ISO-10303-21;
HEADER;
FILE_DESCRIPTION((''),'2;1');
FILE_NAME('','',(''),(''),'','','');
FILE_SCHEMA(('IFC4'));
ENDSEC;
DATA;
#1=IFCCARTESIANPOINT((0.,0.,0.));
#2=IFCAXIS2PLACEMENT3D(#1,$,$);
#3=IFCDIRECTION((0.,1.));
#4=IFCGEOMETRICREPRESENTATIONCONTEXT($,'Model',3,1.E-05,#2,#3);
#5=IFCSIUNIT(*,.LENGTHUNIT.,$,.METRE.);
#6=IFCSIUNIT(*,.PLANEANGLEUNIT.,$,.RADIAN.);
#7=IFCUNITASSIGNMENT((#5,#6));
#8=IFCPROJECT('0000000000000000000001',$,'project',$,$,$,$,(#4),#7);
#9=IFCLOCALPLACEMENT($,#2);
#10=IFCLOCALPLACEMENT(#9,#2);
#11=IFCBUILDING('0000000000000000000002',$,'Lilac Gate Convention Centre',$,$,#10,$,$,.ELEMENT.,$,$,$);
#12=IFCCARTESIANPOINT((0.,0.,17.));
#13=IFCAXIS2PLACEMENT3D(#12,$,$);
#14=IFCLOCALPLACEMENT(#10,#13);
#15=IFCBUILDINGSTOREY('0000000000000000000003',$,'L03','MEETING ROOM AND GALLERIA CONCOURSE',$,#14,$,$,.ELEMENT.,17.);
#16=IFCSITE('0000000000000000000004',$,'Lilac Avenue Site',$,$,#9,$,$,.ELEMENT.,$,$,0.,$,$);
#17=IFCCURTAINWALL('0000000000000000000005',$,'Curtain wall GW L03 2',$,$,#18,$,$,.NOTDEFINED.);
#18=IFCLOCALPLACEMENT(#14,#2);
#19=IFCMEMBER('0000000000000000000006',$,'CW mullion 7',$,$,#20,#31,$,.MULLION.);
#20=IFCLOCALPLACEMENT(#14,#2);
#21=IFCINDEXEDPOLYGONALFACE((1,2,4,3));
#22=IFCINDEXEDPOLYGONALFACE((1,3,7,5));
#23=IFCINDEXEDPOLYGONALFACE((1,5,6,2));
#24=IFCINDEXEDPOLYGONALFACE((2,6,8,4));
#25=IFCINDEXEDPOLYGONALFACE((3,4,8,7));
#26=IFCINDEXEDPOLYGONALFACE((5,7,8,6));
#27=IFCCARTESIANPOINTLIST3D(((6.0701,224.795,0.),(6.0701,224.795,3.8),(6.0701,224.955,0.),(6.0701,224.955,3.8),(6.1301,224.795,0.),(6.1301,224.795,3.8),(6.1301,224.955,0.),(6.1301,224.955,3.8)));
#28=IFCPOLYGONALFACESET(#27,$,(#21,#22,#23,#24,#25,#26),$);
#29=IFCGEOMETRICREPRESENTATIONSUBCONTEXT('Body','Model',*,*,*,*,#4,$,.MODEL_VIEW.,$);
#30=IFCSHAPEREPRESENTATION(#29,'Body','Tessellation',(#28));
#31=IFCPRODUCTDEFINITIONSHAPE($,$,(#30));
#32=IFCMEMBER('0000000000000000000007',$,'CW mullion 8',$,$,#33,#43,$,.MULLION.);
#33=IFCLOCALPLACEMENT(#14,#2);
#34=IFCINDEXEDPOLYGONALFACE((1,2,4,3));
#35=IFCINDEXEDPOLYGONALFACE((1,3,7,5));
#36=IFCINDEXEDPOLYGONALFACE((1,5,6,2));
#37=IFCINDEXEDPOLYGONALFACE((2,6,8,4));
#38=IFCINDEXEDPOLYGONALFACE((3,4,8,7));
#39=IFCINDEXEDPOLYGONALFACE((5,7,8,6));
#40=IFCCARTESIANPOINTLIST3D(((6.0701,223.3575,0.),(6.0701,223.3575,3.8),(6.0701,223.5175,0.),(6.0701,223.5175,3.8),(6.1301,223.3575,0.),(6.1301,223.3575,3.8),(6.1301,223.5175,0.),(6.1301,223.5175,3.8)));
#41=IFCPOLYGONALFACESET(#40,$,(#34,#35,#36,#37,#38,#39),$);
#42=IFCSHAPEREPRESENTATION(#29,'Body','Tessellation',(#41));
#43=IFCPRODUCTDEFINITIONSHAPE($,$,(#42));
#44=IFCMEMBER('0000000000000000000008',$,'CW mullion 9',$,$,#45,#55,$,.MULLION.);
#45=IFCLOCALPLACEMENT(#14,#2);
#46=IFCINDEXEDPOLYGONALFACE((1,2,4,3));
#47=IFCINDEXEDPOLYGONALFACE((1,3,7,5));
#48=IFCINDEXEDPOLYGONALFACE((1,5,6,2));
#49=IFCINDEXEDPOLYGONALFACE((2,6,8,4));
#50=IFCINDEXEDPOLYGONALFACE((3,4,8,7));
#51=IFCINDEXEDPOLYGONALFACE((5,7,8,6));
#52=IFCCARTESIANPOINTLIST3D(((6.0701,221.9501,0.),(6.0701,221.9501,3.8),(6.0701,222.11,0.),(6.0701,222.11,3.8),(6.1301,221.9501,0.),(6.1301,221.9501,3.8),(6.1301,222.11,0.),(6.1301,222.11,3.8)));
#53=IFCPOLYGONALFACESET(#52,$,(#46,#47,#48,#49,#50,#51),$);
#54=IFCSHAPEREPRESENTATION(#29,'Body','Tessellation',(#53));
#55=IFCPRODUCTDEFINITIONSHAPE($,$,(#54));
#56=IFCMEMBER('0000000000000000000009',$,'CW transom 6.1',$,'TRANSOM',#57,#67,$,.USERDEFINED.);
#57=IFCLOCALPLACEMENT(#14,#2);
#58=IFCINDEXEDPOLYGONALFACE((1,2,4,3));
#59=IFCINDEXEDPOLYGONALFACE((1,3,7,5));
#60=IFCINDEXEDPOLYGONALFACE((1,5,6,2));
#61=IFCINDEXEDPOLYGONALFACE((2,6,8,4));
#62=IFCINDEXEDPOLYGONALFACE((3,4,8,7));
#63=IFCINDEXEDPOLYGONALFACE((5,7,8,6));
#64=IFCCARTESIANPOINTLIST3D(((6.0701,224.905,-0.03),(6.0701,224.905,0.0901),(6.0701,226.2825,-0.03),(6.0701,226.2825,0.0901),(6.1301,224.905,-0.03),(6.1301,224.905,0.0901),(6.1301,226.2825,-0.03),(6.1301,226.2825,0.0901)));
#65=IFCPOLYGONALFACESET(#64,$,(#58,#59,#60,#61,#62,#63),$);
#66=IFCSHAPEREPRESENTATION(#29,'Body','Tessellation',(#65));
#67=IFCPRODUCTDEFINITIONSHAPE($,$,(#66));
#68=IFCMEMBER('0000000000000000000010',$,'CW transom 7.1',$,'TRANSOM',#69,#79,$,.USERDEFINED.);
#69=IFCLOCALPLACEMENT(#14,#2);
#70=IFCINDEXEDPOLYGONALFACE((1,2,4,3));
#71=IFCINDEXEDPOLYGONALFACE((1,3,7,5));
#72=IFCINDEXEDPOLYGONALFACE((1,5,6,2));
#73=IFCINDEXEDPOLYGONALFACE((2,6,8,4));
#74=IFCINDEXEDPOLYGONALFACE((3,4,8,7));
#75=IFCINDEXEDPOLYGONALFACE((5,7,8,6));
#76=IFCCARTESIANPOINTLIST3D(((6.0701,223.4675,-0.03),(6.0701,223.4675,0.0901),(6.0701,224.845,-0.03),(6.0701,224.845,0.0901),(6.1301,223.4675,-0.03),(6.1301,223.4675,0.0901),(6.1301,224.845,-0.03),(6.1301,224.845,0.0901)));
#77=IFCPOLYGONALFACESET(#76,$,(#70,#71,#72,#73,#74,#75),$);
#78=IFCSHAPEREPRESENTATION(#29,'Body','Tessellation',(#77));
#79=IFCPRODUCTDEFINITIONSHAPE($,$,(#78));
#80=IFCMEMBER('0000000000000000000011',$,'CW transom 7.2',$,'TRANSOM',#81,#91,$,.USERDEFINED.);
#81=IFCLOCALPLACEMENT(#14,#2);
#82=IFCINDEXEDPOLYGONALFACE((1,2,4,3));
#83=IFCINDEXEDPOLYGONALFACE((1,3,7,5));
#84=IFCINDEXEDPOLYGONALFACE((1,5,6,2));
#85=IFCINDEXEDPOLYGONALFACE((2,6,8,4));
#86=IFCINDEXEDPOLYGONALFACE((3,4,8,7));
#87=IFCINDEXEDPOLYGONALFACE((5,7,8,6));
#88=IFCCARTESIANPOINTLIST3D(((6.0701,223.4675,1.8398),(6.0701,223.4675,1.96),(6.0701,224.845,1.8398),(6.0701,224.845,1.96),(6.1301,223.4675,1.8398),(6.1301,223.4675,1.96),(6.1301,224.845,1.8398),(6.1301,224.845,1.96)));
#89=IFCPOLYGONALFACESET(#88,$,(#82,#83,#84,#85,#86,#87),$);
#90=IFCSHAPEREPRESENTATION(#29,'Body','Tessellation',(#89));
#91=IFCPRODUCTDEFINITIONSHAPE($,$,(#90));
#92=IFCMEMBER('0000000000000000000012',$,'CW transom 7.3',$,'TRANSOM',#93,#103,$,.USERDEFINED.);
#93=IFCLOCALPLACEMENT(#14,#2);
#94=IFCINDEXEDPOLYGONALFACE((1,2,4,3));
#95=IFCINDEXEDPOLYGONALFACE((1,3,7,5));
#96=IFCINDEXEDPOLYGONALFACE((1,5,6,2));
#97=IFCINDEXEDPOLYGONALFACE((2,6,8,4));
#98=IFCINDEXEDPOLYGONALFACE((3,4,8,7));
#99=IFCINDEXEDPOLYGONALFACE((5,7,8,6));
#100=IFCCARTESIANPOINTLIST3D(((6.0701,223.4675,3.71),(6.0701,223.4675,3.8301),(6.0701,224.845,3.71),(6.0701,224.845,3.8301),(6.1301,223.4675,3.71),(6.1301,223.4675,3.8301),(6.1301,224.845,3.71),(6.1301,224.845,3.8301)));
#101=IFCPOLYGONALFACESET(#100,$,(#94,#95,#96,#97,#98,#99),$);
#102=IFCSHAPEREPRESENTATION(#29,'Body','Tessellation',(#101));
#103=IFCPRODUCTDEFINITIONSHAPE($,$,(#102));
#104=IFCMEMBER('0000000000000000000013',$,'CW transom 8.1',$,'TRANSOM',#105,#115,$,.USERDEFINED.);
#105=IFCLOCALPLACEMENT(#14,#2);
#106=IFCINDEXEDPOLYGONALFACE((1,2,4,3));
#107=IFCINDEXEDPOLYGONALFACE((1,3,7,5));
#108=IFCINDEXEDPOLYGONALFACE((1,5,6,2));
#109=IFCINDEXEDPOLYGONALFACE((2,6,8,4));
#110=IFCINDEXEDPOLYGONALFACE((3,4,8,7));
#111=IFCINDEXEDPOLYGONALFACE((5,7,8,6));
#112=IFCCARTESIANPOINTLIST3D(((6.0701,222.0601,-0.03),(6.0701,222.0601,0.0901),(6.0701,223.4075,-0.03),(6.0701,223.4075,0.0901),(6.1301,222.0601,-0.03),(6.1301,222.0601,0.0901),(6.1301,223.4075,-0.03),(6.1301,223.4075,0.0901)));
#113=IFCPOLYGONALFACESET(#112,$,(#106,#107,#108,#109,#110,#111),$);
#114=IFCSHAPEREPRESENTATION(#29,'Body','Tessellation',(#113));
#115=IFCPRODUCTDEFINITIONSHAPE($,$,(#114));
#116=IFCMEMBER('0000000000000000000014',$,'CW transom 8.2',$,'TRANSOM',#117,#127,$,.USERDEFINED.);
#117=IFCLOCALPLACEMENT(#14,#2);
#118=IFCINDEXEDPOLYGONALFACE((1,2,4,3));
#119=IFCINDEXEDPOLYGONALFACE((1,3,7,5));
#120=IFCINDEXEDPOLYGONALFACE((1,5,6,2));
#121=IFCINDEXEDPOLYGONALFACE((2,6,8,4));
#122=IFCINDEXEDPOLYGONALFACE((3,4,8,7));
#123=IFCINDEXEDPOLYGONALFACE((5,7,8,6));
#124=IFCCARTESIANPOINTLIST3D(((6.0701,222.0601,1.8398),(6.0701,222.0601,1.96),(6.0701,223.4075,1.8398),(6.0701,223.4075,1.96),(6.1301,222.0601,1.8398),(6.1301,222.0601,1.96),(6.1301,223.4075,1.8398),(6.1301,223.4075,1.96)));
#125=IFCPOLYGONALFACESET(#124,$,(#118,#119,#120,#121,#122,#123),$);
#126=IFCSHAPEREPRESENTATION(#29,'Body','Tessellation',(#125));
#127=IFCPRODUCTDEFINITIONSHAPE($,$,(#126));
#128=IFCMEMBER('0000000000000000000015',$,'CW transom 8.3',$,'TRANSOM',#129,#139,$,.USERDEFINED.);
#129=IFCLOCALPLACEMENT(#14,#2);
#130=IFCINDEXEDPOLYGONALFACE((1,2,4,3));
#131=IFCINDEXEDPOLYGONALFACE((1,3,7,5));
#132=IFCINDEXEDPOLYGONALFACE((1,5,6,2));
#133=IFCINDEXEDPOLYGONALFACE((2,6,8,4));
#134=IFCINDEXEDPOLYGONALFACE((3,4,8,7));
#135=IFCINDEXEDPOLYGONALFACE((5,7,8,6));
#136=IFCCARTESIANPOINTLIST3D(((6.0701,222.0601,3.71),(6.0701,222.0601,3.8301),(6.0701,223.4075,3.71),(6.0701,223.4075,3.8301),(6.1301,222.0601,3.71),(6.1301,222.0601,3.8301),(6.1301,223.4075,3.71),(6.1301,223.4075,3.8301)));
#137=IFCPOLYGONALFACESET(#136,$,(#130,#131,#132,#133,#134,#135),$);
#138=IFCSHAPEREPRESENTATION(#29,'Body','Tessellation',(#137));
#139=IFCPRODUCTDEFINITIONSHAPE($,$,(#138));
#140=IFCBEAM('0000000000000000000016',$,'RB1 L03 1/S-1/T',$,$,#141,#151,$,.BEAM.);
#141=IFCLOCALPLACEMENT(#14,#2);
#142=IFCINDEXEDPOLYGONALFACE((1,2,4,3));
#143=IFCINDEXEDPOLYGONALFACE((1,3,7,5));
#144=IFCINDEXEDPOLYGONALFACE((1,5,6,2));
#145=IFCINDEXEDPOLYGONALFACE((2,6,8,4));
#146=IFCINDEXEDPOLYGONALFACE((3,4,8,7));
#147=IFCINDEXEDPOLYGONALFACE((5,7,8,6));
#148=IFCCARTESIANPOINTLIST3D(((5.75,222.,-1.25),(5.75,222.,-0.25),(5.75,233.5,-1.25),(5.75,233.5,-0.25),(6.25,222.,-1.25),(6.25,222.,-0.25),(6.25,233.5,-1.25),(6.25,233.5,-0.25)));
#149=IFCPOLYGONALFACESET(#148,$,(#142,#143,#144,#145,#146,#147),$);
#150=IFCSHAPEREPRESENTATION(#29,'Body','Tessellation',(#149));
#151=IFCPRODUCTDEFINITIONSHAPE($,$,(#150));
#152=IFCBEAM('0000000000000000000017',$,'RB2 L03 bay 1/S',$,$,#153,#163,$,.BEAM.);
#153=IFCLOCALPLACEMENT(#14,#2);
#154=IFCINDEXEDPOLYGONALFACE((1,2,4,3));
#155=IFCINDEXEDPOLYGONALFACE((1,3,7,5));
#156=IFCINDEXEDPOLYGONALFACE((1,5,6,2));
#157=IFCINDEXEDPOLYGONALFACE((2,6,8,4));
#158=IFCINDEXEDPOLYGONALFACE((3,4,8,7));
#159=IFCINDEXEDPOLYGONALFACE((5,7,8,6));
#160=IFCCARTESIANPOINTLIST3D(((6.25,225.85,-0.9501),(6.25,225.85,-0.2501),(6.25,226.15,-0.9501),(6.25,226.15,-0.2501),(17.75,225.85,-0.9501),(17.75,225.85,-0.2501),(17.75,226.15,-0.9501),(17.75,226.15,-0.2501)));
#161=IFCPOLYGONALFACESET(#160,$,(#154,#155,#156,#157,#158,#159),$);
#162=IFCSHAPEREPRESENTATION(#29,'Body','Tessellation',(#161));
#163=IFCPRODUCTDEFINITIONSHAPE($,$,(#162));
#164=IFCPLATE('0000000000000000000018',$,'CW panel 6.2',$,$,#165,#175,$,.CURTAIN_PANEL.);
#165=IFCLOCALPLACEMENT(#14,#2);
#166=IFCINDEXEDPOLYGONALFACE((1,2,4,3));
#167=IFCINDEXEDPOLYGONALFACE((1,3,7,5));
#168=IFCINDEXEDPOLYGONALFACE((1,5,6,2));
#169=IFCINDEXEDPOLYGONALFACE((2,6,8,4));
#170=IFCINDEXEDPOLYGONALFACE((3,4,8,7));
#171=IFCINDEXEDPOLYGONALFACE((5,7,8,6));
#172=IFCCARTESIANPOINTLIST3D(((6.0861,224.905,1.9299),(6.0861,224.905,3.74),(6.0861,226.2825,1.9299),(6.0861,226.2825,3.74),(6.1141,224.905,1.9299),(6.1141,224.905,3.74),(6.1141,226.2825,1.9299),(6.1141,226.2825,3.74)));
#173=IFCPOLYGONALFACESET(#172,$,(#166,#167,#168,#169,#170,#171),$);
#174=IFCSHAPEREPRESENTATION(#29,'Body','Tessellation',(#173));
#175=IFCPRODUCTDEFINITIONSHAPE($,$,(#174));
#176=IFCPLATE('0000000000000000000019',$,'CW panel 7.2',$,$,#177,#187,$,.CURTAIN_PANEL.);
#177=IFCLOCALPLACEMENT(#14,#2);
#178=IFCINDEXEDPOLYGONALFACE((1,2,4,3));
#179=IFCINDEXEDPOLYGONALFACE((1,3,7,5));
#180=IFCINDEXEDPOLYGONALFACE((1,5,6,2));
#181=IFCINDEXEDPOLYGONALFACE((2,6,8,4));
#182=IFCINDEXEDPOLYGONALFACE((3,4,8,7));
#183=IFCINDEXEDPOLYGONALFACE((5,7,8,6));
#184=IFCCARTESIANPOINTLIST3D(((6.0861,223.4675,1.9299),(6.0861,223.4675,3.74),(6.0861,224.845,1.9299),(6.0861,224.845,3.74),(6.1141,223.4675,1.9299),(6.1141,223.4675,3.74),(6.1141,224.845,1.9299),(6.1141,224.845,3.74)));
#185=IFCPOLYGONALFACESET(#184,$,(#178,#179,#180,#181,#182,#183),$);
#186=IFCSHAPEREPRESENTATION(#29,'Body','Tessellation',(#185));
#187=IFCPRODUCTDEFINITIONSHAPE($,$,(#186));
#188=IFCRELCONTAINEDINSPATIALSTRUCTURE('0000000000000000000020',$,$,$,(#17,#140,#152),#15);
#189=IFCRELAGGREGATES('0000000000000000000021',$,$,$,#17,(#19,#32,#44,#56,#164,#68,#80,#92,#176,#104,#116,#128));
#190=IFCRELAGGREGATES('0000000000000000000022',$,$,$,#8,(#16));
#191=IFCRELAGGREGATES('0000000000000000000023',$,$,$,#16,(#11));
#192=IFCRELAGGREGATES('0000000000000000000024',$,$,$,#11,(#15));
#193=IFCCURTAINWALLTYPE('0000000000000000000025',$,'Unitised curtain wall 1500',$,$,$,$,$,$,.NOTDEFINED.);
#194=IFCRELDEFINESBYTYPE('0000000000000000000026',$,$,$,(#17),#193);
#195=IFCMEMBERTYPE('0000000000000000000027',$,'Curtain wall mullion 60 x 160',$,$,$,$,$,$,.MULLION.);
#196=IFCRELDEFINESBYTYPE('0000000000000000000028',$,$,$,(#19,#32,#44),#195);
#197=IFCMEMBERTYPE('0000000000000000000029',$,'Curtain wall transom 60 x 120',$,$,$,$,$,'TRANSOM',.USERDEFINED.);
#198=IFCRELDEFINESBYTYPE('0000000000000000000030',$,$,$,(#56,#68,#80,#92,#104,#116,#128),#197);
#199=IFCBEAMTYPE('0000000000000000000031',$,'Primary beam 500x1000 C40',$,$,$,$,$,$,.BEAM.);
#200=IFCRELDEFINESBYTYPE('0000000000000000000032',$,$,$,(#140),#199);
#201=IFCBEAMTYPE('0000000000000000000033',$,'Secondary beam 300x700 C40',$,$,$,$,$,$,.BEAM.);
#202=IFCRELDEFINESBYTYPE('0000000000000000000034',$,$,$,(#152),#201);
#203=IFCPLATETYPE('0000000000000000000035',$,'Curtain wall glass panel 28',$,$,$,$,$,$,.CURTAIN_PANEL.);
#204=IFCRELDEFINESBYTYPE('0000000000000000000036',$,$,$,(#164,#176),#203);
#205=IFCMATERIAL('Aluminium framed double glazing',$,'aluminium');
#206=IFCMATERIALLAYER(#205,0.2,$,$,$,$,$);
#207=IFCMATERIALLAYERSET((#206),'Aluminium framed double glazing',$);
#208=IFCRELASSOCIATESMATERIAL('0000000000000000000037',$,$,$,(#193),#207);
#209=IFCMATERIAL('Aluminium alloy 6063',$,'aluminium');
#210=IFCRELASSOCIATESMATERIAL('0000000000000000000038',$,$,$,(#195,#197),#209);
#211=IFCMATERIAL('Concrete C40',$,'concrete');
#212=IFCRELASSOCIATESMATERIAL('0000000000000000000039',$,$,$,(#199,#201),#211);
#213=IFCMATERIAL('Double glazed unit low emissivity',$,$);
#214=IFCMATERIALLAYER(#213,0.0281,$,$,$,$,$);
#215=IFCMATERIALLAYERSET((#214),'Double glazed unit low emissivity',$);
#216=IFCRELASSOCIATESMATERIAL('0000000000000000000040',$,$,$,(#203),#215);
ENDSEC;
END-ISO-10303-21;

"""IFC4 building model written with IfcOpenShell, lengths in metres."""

from ifc_helpers import new_model, si_unit, direction, frame, origin, origin_2d, place, context, subcontext, project, spatial, rectangle, extrude, material, layer, layer_set, material_profile, profile_set, type_object, element, aggregate, save


model = new_model("IFC4")

# Units and contexts
model_context = context("Model", 3, precision=1e-05, world=origin(), true_north=direction((0.0, 1.0)))
body_context = subcontext(model_context, "Body", "Model", "MODEL_VIEW")
ifc_project = project(units=[si_unit("LENGTHUNIT", "METRE"), si_unit("PLANEANGLEUNIT", "RADIAN")], contexts=[model_context])

# Site, building, storey
site_placement = place(None, origin())
site = spatial("IfcSite", under=ifc_project, at=site_placement, Name="Lilac Avenue Site", CompositionType="ELEMENT", RefElevation=0.0)
building_placement = place(site_placement, origin())
building = spatial("IfcBuilding", under=site, at=building_placement, Name="Lilac Gate Convention Centre", CompositionType="ELEMENT")
storey_placement = place(building_placement, frame((0.0, 0.0, 17.0)))
storey = spatial("IfcBuildingStorey", under=building, at=storey_placement, Name="L03", Description="MEETING ROOM AND GALLERIA CONCOURSE", CompositionType="ELEMENT", Elevation=17.0)

# Curtain wall, members
ifc_material_1 = material(Name="Aluminium framed double glazing", Category="aluminium")
ifc_layer_1 = layer(ifc_material_1, 0.2)
ifc_layer_set_1 = layer_set([ifc_layer_1], Name="Aluminium framed double glazing")
curtain_wall_type = type_object("IfcCurtainWallType", Name="Unitised curtain wall 1500", PredefinedType="NOTDEFINED", material=ifc_layer_set_1)
curtain_wall_placement = place(storey_placement, origin())
curtain_wall = element("IfcCurtainWall", 1, at=curtain_wall_placement, inside=storey, type_object=curtain_wall_type, Name="Curtain wall GW L03 2", PredefinedType="NOTDEFINED")
ifc_material_2 = material(Name="Aluminium alloy 6063", Category="aluminium")
ifc_material_profile_1 = material_profile(ifc_material_2, rectangle(XDim=0.0601, YDim=0.1599, at=origin_2d()), Name="Curtain wall mullion 60 x 160")
ifc_profile_set_1 = profile_set([ifc_material_profile_1], Name="Aluminium alloy 6063")
member_type_1 = type_object("IfcMemberType", Name="Curtain wall mullion 60 x 160", PredefinedType="MULLION", material=ifc_profile_set_1)
member_1_placement = place(storey_placement, frame((6.1001, 224.875, 0.0), z_axis=(0.0, 0.0, 1.0), x_axis=(1.0, 0.0, 0.0)))
member_1 = element("IfcMember", 2, at=member_1_placement, type_object=member_type_1, Name="CW mullion 7", PredefinedType="MULLION", context=body_context, shape_type="SweptSolid", body=[
    extrude(rectangle(XDim=0.0601, YDim=0.1599, at=origin_2d()), origin(), (0.0, 0.0, 1.0), 3.8),
])
member_2_placement = place(storey_placement, frame((6.1001, 223.4375, 0.0), z_axis=(0.0, 0.0, 1.0), x_axis=(1.0, 0.0, 0.0)))
member_2 = element("IfcMember", 3, at=member_2_placement, type_object=member_type_1, Name="CW mullion 8", PredefinedType="MULLION", context=body_context, shape_type="SweptSolid", body=[
    extrude(rectangle(XDim=0.0601, YDim=0.1599, at=origin_2d()), origin(), (0.0, 0.0, 1.0), 3.8),
])
member_3_placement = place(storey_placement, frame((6.1001, 222.03, 0.0), z_axis=(0.0, 0.0, 1.0), x_axis=(1.0, 0.0, 0.0)))
member_3 = element("IfcMember", 4, at=member_3_placement, type_object=member_type_1, Name="CW mullion 9", PredefinedType="MULLION", context=body_context, shape_type="SweptSolid", body=[
    extrude(rectangle(XDim=0.0601, YDim=0.1599, at=origin_2d()), origin(), (0.0, 0.0, 1.0), 3.8),
])
ifc_material_profile_2 = material_profile(ifc_material_2, rectangle(XDim=0.0601, YDim=0.1201, at=origin_2d()), Name="Curtain wall transom 60 x 120")
ifc_profile_set_2 = profile_set([ifc_material_profile_2], Name="Aluminium alloy 6063")
member_type_2 = type_object("IfcMemberType", Name="Curtain wall transom 60 x 120", ElementType="TRANSOM", PredefinedType="USERDEFINED", material=ifc_profile_set_2)
member_4_placement = place(storey_placement, frame((6.1001, 226.2825, 0.03), z_axis=(0.0, -1.0, 0.0), x_axis=(1.0, 0.0, 0.0)))
member_4 = element("IfcMember", 5, at=member_4_placement, type_object=member_type_2, Name="CW transom 6.1", ObjectType="TRANSOM", PredefinedType="USERDEFINED", context=body_context, shape_type="SweptSolid", body=[
    extrude(rectangle(XDim=0.0601, YDim=0.1201, at=origin_2d()), origin(), (0.0, 0.0, 1.0), 1.3774),
])
member_5_placement = place(storey_placement, frame((6.1001, 224.845, 0.03), z_axis=(0.0, -1.0, 0.0), x_axis=(1.0, 0.0, 0.0)))
member_5 = element("IfcMember", 6, at=member_5_placement, type_object=member_type_2, Name="CW transom 7.1", ObjectType="TRANSOM", PredefinedType="USERDEFINED", context=body_context, shape_type="SweptSolid", body=[
    extrude(rectangle(XDim=0.0601, YDim=0.1201, at=origin_2d()), origin(), (0.0, 0.0, 1.0), 1.3774),
])
member_6_placement = place(storey_placement, frame((6.1001, 224.845, 1.8999), z_axis=(0.0, -1.0, 0.0), x_axis=(1.0, 0.0, 0.0)))
member_6 = element("IfcMember", 7, at=member_6_placement, type_object=member_type_2, Name="CW transom 7.2", ObjectType="TRANSOM", PredefinedType="USERDEFINED", context=body_context, shape_type="SweptSolid", body=[
    extrude(rectangle(XDim=0.0601, YDim=0.1201, at=origin_2d()), origin(), (0.0, 0.0, 1.0), 1.3774),
])
member_7_placement = place(storey_placement, frame((6.1001, 224.845, 3.77), z_axis=(0.0, -1.0, 0.0), x_axis=(1.0, 0.0, 0.0)))
member_7 = element("IfcMember", 8, at=member_7_placement, type_object=member_type_2, Name="CW transom 7.3", ObjectType="TRANSOM", PredefinedType="USERDEFINED", context=body_context, shape_type="SweptSolid", body=[
    extrude(rectangle(XDim=0.0601, YDim=0.1201, at=origin_2d()), origin(), (0.0, 0.0, 1.0), 1.3774),
])
member_8_placement = place(storey_placement, frame((6.1001, 223.4075, 0.03), z_axis=(0.0, -1.0, 0.0), x_axis=(1.0, 0.0, 0.0)))
member_8 = element("IfcMember", 9, at=member_8_placement, type_object=member_type_2, Name="CW transom 8.1", ObjectType="TRANSOM", PredefinedType="USERDEFINED", context=body_context, shape_type="SweptSolid", body=[
    extrude(rectangle(XDim=0.0601, YDim=0.1201, at=origin_2d()), origin(), (0.0, 0.0, 1.0), 1.3474),
])
member_9_placement = place(storey_placement, frame((6.1001, 223.4075, 1.8999), z_axis=(0.0, -1.0, 0.0), x_axis=(1.0, 0.0, 0.0)))
member_9 = element("IfcMember", 10, at=member_9_placement, type_object=member_type_2, Name="CW transom 8.2", ObjectType="TRANSOM", PredefinedType="USERDEFINED", context=body_context, shape_type="SweptSolid", body=[
    extrude(rectangle(XDim=0.0601, YDim=0.1201, at=origin_2d()), origin(), (0.0, 0.0, 1.0), 1.3474),
])
member_10_placement = place(storey_placement, frame((6.1001, 223.4075, 3.77), z_axis=(0.0, -1.0, 0.0), x_axis=(1.0, 0.0, 0.0)))
member_10 = element("IfcMember", 11, at=member_10_placement, type_object=member_type_2, Name="CW transom 8.3", ObjectType="TRANSOM", PredefinedType="USERDEFINED", context=body_context, shape_type="SweptSolid", body=[
    extrude(rectangle(XDim=0.0601, YDim=0.1201, at=origin_2d()), origin(), (0.0, 0.0, 1.0), 1.3474),
])

# Beams
ifc_material_3 = material(Name="Concrete C40", Category="concrete")
ifc_material_profile_3 = material_profile(ifc_material_3, rectangle(XDim=0.5, YDim=1.0, at=origin_2d()), Name="RC 500x1000")
ifc_profile_set_3 = profile_set([ifc_material_profile_3], Name="Concrete C40")
beam_type_1 = type_object("IfcBeamType", Name="Primary beam 500x1000 C40", PredefinedType="BEAM", material=ifc_profile_set_3)
beam_1_placement = place(storey_placement, frame((6.0, 222.0, -0.75), z_axis=(0.0, 1.0, 0.0), x_axis=(-1.0, 0.0, 0.0)))
element("IfcBeam", 12, at=beam_1_placement, inside=storey, type_object=beam_type_1, Name="RB1 L03 1/S-1/T", PredefinedType="BEAM", context=body_context, shape_type="SweptSolid", body=[
    extrude(rectangle(XDim=0.5, YDim=1.0, at=origin_2d()), origin(), (0.0, 0.0, 1.0), 11.5),
])
ifc_material_profile_4 = material_profile(ifc_material_3, rectangle(XDim=0.3, YDim=0.7, at=origin_2d()), Name="RC 300x700")
ifc_profile_set_4 = profile_set([ifc_material_profile_4], Name="Concrete C40")
beam_type_2 = type_object("IfcBeamType", Name="Secondary beam 300x700 C40", PredefinedType="BEAM", material=ifc_profile_set_4)
beam_2_placement = place(storey_placement, frame((6.25, 226.0, -0.6001), z_axis=(1.0, 0.0, 0.0), x_axis=(0.0, 1.0, 0.0)))
element("IfcBeam", 13, at=beam_2_placement, inside=storey, type_object=beam_type_2, Name="RB2 L03 bay 1/S", PredefinedType="BEAM", context=body_context, shape_type="SweptSolid", body=[
    extrude(rectangle(XDim=0.3, YDim=0.7, at=origin_2d()), origin(), (0.0, 0.0, 1.0), 11.5),
])

# Plates
ifc_material_4 = material(Name="Double glazed unit low emissivity")
ifc_layer_2 = layer(ifc_material_4, 0.0281)
ifc_layer_set_2 = layer_set([ifc_layer_2], Name="Double glazed unit low emissivity")
plate_type_1 = type_object("IfcPlateType", Name="Curtain wall glass panel 28", PredefinedType="CURTAIN_PANEL", material=ifc_layer_set_2)
plate_1_placement = place(storey_placement, frame((6.1001, 225.5938, 1.9299), z_axis=(0.0, 0.0, 1.0), x_axis=(0.0, -1.0, 0.0)))
plate_1 = element("IfcPlate", 14, at=plate_1_placement, type_object=plate_type_1, Name="CW panel 6.2", PredefinedType="CURTAIN_PANEL", context=body_context, shape_type="SweptSolid", body=[
    extrude(rectangle(XDim=1.3774, YDim=0.0281, at=origin_2d()), origin(), (0.0, 0.0, 1.0), 1.8101),
])
plate_2_placement = place(storey_placement, frame((6.1001, 224.1562, 1.9299), z_axis=(0.0, 0.0, 1.0), x_axis=(0.0, -1.0, 0.0)))
plate_2 = element("IfcPlate", 15, at=plate_2_placement, type_object=plate_type_1, Name="CW panel 7.2", PredefinedType="CURTAIN_PANEL", context=body_context, shape_type="SweptSolid", body=[
    extrude(rectangle(XDim=1.3774, YDim=0.0281, at=origin_2d()), origin(), (0.0, 0.0, 1.0), 1.8101),
])
aggregate(curtain_wall, [member_1, member_2, member_3, member_4, plate_1, member_5, member_6, member_7, plate_2, member_8, member_9, member_10])

save(model, "model.ifc")
